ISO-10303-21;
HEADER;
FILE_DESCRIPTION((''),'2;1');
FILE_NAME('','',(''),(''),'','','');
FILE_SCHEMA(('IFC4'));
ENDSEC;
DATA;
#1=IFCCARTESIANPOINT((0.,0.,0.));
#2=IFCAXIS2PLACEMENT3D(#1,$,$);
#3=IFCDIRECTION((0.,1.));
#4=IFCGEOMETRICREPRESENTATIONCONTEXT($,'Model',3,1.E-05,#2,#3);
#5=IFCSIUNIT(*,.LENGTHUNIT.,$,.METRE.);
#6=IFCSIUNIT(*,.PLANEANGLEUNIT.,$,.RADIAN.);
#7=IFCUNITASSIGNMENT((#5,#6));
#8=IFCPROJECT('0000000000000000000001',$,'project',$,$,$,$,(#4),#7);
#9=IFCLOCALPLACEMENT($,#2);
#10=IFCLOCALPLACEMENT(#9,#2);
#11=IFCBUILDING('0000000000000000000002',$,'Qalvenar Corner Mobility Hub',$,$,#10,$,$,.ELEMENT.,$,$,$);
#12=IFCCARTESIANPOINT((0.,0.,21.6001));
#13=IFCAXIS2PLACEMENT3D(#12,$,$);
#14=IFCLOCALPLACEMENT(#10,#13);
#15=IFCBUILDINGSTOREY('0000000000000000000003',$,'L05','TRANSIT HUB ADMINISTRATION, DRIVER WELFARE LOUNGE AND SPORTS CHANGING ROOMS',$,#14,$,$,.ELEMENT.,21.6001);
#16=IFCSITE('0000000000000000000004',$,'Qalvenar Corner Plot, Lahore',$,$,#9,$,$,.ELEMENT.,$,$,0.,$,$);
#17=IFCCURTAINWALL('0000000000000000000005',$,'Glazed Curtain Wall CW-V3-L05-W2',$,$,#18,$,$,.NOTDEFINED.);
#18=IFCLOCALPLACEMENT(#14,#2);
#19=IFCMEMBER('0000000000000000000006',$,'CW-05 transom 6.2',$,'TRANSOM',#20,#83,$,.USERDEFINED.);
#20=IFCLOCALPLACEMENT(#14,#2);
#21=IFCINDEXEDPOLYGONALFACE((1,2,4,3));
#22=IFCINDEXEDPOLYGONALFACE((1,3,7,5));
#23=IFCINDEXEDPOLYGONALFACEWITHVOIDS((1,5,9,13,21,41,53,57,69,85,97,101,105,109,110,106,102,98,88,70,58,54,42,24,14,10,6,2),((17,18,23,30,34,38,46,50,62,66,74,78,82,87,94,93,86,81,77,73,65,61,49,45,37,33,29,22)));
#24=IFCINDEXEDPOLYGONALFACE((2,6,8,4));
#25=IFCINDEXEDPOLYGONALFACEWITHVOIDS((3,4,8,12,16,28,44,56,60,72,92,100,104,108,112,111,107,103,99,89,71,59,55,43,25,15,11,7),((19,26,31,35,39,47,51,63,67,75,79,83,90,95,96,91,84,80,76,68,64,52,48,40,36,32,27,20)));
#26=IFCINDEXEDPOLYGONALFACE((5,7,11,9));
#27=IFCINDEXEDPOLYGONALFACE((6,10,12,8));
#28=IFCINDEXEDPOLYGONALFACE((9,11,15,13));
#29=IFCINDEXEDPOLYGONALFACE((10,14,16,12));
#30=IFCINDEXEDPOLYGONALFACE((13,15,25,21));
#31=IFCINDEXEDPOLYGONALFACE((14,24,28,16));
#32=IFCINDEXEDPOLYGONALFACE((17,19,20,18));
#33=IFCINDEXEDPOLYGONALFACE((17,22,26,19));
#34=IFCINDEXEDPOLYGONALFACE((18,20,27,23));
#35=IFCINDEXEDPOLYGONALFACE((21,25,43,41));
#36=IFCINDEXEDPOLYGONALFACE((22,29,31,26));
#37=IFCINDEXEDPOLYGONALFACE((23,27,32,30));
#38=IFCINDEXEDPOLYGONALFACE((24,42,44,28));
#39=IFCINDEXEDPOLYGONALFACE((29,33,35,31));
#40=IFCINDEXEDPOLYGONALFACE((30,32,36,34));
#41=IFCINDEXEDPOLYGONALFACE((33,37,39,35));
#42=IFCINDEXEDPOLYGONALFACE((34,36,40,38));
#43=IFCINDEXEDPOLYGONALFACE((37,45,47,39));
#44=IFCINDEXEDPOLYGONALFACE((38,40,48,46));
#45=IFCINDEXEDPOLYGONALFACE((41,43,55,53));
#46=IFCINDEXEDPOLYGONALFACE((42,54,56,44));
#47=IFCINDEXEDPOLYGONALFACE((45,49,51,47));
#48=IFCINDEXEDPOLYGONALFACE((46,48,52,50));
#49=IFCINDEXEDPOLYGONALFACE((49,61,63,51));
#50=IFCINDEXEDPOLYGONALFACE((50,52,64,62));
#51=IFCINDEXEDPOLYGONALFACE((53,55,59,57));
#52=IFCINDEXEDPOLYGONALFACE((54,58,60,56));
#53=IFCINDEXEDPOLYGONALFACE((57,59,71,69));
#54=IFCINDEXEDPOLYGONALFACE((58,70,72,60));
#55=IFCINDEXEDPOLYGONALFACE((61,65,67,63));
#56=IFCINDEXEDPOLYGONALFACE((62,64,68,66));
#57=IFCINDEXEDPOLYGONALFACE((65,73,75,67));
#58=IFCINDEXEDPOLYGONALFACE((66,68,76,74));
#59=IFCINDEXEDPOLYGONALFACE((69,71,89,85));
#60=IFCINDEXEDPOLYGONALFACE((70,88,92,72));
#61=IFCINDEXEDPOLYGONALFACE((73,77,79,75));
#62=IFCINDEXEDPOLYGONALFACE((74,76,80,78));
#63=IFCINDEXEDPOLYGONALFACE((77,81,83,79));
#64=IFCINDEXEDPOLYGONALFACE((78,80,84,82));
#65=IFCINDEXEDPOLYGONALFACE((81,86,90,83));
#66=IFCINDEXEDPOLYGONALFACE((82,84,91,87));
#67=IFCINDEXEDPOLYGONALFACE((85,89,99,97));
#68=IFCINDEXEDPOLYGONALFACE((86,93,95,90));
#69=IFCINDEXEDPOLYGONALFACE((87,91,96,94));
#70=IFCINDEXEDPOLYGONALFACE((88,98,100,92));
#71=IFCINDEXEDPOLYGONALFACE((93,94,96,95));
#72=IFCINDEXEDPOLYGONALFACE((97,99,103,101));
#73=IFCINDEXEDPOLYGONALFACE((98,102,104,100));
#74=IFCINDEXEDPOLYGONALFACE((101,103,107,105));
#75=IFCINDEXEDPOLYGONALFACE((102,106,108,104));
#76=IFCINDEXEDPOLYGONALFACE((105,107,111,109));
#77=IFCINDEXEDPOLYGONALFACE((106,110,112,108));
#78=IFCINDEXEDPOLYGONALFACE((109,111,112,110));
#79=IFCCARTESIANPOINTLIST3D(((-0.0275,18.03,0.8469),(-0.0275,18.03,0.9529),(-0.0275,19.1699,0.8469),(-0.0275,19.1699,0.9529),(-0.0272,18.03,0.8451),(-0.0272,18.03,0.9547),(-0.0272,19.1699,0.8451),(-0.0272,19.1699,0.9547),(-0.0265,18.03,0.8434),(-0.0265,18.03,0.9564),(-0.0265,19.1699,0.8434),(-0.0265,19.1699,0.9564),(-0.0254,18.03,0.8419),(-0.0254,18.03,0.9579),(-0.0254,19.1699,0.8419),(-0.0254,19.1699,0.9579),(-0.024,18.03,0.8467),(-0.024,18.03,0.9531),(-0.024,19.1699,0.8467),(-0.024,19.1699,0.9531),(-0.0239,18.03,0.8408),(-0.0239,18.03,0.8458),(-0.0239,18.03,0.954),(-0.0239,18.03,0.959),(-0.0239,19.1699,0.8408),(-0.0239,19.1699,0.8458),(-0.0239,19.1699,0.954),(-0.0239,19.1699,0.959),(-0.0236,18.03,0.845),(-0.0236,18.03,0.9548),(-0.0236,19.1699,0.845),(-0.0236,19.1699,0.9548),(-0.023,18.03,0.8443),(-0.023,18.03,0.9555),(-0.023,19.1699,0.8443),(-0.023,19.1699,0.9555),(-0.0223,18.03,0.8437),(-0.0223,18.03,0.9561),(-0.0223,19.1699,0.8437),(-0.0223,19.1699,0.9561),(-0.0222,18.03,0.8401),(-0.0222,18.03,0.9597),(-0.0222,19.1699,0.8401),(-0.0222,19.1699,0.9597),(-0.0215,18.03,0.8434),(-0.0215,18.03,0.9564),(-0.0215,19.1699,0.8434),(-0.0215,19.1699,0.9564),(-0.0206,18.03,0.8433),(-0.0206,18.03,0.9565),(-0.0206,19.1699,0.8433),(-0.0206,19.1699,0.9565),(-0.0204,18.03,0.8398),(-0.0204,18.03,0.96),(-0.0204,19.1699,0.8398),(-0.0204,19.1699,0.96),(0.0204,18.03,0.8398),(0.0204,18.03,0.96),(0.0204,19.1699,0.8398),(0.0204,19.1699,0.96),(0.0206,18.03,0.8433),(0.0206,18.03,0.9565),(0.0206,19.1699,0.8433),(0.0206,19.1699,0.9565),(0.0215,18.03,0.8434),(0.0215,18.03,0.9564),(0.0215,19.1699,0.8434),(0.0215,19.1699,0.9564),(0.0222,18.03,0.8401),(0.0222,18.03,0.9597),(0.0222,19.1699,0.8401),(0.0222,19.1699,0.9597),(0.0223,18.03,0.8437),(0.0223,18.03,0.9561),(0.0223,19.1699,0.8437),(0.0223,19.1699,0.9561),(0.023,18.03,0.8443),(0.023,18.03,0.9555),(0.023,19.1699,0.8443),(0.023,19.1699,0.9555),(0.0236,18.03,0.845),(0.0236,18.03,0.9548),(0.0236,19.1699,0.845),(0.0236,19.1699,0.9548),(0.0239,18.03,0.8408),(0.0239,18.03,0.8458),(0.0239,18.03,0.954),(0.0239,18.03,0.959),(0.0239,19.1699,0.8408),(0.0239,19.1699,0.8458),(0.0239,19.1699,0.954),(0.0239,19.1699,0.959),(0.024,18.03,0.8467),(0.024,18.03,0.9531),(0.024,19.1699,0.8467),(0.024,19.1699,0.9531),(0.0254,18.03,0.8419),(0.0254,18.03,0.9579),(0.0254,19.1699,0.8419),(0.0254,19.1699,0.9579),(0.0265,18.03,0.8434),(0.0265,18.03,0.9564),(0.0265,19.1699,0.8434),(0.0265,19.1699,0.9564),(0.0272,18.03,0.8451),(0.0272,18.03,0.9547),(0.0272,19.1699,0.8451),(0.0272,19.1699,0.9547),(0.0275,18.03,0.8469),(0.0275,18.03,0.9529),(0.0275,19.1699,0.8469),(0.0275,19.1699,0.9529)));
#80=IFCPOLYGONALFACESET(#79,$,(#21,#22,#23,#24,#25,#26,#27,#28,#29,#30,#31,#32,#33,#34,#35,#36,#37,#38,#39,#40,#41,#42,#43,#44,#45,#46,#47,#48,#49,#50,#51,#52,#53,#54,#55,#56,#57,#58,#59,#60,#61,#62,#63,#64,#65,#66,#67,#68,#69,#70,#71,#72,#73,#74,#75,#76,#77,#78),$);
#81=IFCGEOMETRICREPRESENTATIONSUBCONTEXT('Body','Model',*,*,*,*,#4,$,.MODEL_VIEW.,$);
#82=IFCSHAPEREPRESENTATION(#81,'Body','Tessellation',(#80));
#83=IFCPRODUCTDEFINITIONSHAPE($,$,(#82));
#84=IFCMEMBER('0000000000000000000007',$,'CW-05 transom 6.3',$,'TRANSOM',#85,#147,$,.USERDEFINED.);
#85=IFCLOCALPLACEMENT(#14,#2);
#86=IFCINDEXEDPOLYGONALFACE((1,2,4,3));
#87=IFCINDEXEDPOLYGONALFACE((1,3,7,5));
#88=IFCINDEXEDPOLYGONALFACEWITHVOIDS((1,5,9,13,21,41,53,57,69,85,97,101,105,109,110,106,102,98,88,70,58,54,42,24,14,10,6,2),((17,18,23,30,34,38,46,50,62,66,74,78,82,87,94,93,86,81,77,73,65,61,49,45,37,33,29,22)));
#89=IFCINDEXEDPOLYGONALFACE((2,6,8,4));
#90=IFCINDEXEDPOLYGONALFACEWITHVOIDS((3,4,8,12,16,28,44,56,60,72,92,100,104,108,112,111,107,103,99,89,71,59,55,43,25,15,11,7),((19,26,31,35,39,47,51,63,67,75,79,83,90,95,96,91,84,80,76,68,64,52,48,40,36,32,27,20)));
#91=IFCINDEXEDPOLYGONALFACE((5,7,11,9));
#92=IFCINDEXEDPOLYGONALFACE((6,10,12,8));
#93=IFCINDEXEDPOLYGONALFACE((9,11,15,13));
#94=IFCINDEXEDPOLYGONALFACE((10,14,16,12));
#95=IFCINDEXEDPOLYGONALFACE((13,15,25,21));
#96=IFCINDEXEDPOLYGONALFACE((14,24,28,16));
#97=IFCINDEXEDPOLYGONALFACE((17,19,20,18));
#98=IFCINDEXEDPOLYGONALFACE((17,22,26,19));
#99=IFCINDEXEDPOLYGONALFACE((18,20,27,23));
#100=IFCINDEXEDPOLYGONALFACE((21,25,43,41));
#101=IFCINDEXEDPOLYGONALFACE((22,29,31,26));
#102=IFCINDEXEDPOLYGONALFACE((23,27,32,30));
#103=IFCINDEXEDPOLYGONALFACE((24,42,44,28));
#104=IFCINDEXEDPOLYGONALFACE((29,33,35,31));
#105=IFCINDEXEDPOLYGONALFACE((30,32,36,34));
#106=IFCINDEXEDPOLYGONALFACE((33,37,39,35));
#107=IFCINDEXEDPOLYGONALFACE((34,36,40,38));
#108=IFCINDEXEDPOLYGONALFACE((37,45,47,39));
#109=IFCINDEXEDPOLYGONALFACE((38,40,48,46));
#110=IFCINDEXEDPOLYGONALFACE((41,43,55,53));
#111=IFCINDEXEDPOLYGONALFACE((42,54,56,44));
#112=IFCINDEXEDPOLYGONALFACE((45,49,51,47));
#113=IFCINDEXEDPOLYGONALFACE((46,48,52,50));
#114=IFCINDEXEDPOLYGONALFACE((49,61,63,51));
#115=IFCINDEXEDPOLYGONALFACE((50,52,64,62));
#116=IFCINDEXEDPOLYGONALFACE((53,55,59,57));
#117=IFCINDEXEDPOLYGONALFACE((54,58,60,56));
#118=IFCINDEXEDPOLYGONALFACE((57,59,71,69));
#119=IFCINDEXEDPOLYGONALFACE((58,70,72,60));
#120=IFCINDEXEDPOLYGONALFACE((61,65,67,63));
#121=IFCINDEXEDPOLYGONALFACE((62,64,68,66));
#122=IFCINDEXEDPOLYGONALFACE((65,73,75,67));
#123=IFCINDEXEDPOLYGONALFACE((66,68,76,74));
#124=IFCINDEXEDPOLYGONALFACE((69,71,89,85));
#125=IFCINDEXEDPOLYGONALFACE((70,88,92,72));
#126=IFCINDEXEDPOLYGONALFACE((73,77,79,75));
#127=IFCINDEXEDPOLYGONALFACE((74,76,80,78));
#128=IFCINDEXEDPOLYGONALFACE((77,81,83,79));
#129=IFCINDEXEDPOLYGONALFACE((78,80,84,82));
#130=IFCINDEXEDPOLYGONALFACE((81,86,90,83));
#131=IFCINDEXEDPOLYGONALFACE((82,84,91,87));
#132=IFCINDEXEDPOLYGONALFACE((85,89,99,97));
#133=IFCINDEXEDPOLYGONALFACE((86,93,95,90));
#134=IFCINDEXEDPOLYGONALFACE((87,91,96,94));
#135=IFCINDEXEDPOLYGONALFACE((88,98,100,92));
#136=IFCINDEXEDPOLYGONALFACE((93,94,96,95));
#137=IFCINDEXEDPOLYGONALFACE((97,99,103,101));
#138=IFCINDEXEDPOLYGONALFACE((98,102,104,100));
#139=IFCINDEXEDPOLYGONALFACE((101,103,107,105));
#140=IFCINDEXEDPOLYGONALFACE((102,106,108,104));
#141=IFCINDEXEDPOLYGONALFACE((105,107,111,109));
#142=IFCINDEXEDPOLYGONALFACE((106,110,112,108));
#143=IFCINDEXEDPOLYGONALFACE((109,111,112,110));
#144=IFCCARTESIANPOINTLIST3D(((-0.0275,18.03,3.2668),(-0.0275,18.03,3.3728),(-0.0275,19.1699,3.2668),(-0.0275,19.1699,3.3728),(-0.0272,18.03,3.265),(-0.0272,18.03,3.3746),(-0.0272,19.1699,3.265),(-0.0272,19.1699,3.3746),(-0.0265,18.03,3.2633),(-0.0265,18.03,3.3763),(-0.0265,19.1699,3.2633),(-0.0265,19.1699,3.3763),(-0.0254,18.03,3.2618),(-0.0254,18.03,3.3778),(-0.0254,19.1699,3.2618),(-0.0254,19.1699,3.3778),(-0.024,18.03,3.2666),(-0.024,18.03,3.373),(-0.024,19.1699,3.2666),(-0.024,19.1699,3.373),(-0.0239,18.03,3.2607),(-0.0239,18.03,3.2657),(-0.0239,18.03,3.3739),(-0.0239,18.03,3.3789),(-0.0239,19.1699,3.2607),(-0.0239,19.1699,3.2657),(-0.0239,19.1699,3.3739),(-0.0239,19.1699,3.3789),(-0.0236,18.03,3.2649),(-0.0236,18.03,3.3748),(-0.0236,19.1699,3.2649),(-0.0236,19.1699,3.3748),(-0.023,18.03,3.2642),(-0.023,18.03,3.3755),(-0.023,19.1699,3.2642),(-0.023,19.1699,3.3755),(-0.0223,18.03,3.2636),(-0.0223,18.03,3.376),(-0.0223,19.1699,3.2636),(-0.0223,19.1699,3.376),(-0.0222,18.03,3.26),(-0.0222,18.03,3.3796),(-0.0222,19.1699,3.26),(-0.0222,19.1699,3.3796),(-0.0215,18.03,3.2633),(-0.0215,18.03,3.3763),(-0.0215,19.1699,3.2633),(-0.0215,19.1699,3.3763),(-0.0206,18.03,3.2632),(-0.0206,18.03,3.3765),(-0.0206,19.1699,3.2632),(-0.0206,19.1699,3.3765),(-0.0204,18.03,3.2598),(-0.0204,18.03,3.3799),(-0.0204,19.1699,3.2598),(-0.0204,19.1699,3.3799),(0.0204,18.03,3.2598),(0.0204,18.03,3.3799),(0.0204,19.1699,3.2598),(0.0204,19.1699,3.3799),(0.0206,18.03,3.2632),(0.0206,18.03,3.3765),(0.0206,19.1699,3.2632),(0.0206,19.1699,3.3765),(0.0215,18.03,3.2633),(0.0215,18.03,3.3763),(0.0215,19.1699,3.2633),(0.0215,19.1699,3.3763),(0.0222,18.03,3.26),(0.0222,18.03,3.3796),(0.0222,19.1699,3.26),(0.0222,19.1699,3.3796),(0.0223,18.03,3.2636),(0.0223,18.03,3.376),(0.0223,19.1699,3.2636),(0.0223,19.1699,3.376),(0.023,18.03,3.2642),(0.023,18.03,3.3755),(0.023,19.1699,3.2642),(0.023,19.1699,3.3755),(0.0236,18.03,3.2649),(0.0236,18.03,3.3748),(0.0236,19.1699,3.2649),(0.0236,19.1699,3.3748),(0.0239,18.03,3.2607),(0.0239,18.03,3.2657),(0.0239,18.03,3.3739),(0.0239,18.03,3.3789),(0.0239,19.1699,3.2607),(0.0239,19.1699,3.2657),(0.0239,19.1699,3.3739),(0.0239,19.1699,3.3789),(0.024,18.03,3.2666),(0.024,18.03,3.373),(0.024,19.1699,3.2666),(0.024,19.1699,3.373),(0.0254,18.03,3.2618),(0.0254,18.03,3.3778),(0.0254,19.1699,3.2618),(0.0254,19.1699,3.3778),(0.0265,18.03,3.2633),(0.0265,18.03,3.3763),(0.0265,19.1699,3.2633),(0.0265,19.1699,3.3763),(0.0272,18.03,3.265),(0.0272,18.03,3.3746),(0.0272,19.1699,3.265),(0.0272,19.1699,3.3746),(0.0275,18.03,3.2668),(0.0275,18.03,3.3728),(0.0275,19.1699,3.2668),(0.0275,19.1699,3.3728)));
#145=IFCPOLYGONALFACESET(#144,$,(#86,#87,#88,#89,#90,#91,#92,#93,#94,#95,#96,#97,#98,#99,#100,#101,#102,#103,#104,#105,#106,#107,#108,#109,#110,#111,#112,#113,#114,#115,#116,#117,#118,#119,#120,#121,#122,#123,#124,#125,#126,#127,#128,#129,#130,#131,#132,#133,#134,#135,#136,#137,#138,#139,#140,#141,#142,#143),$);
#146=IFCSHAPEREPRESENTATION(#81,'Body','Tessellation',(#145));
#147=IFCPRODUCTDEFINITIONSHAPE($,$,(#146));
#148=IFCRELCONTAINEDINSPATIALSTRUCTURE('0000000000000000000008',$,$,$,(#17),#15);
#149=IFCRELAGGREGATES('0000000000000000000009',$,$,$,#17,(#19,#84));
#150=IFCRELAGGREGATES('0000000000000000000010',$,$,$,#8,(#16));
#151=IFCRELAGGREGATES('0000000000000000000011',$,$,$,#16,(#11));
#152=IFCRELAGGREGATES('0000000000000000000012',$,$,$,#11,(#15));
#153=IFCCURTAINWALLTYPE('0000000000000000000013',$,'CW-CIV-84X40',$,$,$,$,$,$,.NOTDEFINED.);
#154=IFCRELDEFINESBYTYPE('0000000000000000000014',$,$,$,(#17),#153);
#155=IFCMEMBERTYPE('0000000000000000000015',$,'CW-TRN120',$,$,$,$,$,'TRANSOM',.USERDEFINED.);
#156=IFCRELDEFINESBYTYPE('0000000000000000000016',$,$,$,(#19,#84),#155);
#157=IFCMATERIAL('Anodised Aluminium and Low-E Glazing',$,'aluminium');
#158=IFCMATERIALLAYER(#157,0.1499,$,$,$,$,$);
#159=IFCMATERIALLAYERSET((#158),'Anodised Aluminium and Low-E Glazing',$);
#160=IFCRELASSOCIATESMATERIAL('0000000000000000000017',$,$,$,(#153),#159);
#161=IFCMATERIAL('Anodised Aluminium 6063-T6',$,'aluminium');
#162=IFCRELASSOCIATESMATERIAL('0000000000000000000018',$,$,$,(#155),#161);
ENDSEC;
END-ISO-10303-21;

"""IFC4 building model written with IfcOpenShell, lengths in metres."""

from ifc_helpers import new_model, si_unit, direction, frame, origin, origin_2d, place, context, subcontext, project, spatial, hollow_rectangle, extrude, material, layer, layer_set, material_profile, profile_set, type_object, element, aggregate, save


model = new_model("IFC4")

# Units and contexts
model_context = context("Model", 3, precision=1e-05, world=origin(), true_north=direction((0.0, 1.0)))
body_context = subcontext(model_context, "Body", "Model", "MODEL_VIEW")
ifc_project = project(units=[si_unit("LENGTHUNIT", "METRE"), si_unit("PLANEANGLEUNIT", "RADIAN")], contexts=[model_context])

# Site, building, storey
site_placement = place(None, origin())
site = spatial("IfcSite", under=ifc_project, at=site_placement, Name="Qalvenar Corner Plot, Lahore", CompositionType="ELEMENT", RefElevation=0.0)
building_placement = place(site_placement, origin())
building = spatial("IfcBuilding", under=site, at=building_placement, Name="Qalvenar Corner Mobility Hub", CompositionType="ELEMENT")
storey_placement = place(building_placement, frame((0.0, 0.0, 21.6001)))
storey = spatial("IfcBuildingStorey", under=building, at=storey_placement, Name="L05", Description="TRANSIT HUB ADMINISTRATION, DRIVER WELFARE LOUNGE AND SPORTS CHANGING ROOMS", CompositionType="ELEMENT", Elevation=21.6001)

# Curtain wall, members
ifc_material_1 = material(Name="Anodised Aluminium and Low-E Glazing", Category="aluminium")
ifc_layer_1 = layer(ifc_material_1, 0.1499)
ifc_layer_set_1 = layer_set([ifc_layer_1], Name="Anodised Aluminium and Low-E Glazing")
curtain_wall_type = type_object("IfcCurtainWallType", Name="CW-CIV-84X40", PredefinedType="NOTDEFINED", material=ifc_layer_set_1)
curtain_wall_placement = place(storey_placement, origin())
curtain_wall = element("IfcCurtainWall", 1, at=curtain_wall_placement, inside=storey, type_object=curtain_wall_type, Name="Glazed Curtain Wall CW-V3-L05-W2", PredefinedType="NOTDEFINED")
ifc_material_2 = material(Name="Anodised Aluminium 6063-T6", Category="aluminium")
ifc_material_profile_1 = material_profile(ifc_material_2, hollow_rectangle(XDim=0.0549, YDim=0.1201, WallThickness=0.0034, InnerFilletRadius=0.0034, OuterFilletRadius=0.0071, at=origin_2d()), Name="RHS120x55x3.5")
ifc_profile_set_1 = profile_set([ifc_material_profile_1], Name="Anodised Aluminium 6063-T6")
member_type_1 = type_object("IfcMemberType", Name="CW-TRN120", ElementType="TRANSOM", PredefinedType="USERDEFINED", material=ifc_profile_set_1)
member_1_placement = place(storey_placement, frame((0.0, 19.1699, 0.8999), z_axis=(0.0, -1.0, 0.0), x_axis=(1.0, 0.0, 0.0)))
member_1 = element("IfcMember", 2, at=member_1_placement, type_object=member_type_1, Name="CW-05 transom 6.2", ObjectType="TRANSOM", PredefinedType="USERDEFINED", context=body_context, shape_type="SweptSolid", body=[
    extrude(hollow_rectangle(XDim=0.0549, YDim=0.1201, WallThickness=0.0034, InnerFilletRadius=0.0034, OuterFilletRadius=0.0071, at=origin_2d()), origin(), (0.0, 0.0, 1.0), 1.1399),
])
member_2_placement = place(storey_placement, frame((0.0, 19.1699, 3.3198), z_axis=(0.0, -1.0, 0.0), x_axis=(1.0, 0.0, 0.0)))
member_2 = element("IfcMember", 3, at=member_2_placement, type_object=member_type_1, Name="CW-05 transom 6.3", ObjectType="TRANSOM", PredefinedType="USERDEFINED", context=body_context, shape_type="SweptSolid", body=[
    extrude(hollow_rectangle(XDim=0.0549, YDim=0.1201, WallThickness=0.0034, InnerFilletRadius=0.0034, OuterFilletRadius=0.0071, at=origin_2d()), origin(), (0.0, 0.0, 1.0), 1.1399),
])
aggregate(curtain_wall, [member_1, member_2])

save(model, "model.ifc")
